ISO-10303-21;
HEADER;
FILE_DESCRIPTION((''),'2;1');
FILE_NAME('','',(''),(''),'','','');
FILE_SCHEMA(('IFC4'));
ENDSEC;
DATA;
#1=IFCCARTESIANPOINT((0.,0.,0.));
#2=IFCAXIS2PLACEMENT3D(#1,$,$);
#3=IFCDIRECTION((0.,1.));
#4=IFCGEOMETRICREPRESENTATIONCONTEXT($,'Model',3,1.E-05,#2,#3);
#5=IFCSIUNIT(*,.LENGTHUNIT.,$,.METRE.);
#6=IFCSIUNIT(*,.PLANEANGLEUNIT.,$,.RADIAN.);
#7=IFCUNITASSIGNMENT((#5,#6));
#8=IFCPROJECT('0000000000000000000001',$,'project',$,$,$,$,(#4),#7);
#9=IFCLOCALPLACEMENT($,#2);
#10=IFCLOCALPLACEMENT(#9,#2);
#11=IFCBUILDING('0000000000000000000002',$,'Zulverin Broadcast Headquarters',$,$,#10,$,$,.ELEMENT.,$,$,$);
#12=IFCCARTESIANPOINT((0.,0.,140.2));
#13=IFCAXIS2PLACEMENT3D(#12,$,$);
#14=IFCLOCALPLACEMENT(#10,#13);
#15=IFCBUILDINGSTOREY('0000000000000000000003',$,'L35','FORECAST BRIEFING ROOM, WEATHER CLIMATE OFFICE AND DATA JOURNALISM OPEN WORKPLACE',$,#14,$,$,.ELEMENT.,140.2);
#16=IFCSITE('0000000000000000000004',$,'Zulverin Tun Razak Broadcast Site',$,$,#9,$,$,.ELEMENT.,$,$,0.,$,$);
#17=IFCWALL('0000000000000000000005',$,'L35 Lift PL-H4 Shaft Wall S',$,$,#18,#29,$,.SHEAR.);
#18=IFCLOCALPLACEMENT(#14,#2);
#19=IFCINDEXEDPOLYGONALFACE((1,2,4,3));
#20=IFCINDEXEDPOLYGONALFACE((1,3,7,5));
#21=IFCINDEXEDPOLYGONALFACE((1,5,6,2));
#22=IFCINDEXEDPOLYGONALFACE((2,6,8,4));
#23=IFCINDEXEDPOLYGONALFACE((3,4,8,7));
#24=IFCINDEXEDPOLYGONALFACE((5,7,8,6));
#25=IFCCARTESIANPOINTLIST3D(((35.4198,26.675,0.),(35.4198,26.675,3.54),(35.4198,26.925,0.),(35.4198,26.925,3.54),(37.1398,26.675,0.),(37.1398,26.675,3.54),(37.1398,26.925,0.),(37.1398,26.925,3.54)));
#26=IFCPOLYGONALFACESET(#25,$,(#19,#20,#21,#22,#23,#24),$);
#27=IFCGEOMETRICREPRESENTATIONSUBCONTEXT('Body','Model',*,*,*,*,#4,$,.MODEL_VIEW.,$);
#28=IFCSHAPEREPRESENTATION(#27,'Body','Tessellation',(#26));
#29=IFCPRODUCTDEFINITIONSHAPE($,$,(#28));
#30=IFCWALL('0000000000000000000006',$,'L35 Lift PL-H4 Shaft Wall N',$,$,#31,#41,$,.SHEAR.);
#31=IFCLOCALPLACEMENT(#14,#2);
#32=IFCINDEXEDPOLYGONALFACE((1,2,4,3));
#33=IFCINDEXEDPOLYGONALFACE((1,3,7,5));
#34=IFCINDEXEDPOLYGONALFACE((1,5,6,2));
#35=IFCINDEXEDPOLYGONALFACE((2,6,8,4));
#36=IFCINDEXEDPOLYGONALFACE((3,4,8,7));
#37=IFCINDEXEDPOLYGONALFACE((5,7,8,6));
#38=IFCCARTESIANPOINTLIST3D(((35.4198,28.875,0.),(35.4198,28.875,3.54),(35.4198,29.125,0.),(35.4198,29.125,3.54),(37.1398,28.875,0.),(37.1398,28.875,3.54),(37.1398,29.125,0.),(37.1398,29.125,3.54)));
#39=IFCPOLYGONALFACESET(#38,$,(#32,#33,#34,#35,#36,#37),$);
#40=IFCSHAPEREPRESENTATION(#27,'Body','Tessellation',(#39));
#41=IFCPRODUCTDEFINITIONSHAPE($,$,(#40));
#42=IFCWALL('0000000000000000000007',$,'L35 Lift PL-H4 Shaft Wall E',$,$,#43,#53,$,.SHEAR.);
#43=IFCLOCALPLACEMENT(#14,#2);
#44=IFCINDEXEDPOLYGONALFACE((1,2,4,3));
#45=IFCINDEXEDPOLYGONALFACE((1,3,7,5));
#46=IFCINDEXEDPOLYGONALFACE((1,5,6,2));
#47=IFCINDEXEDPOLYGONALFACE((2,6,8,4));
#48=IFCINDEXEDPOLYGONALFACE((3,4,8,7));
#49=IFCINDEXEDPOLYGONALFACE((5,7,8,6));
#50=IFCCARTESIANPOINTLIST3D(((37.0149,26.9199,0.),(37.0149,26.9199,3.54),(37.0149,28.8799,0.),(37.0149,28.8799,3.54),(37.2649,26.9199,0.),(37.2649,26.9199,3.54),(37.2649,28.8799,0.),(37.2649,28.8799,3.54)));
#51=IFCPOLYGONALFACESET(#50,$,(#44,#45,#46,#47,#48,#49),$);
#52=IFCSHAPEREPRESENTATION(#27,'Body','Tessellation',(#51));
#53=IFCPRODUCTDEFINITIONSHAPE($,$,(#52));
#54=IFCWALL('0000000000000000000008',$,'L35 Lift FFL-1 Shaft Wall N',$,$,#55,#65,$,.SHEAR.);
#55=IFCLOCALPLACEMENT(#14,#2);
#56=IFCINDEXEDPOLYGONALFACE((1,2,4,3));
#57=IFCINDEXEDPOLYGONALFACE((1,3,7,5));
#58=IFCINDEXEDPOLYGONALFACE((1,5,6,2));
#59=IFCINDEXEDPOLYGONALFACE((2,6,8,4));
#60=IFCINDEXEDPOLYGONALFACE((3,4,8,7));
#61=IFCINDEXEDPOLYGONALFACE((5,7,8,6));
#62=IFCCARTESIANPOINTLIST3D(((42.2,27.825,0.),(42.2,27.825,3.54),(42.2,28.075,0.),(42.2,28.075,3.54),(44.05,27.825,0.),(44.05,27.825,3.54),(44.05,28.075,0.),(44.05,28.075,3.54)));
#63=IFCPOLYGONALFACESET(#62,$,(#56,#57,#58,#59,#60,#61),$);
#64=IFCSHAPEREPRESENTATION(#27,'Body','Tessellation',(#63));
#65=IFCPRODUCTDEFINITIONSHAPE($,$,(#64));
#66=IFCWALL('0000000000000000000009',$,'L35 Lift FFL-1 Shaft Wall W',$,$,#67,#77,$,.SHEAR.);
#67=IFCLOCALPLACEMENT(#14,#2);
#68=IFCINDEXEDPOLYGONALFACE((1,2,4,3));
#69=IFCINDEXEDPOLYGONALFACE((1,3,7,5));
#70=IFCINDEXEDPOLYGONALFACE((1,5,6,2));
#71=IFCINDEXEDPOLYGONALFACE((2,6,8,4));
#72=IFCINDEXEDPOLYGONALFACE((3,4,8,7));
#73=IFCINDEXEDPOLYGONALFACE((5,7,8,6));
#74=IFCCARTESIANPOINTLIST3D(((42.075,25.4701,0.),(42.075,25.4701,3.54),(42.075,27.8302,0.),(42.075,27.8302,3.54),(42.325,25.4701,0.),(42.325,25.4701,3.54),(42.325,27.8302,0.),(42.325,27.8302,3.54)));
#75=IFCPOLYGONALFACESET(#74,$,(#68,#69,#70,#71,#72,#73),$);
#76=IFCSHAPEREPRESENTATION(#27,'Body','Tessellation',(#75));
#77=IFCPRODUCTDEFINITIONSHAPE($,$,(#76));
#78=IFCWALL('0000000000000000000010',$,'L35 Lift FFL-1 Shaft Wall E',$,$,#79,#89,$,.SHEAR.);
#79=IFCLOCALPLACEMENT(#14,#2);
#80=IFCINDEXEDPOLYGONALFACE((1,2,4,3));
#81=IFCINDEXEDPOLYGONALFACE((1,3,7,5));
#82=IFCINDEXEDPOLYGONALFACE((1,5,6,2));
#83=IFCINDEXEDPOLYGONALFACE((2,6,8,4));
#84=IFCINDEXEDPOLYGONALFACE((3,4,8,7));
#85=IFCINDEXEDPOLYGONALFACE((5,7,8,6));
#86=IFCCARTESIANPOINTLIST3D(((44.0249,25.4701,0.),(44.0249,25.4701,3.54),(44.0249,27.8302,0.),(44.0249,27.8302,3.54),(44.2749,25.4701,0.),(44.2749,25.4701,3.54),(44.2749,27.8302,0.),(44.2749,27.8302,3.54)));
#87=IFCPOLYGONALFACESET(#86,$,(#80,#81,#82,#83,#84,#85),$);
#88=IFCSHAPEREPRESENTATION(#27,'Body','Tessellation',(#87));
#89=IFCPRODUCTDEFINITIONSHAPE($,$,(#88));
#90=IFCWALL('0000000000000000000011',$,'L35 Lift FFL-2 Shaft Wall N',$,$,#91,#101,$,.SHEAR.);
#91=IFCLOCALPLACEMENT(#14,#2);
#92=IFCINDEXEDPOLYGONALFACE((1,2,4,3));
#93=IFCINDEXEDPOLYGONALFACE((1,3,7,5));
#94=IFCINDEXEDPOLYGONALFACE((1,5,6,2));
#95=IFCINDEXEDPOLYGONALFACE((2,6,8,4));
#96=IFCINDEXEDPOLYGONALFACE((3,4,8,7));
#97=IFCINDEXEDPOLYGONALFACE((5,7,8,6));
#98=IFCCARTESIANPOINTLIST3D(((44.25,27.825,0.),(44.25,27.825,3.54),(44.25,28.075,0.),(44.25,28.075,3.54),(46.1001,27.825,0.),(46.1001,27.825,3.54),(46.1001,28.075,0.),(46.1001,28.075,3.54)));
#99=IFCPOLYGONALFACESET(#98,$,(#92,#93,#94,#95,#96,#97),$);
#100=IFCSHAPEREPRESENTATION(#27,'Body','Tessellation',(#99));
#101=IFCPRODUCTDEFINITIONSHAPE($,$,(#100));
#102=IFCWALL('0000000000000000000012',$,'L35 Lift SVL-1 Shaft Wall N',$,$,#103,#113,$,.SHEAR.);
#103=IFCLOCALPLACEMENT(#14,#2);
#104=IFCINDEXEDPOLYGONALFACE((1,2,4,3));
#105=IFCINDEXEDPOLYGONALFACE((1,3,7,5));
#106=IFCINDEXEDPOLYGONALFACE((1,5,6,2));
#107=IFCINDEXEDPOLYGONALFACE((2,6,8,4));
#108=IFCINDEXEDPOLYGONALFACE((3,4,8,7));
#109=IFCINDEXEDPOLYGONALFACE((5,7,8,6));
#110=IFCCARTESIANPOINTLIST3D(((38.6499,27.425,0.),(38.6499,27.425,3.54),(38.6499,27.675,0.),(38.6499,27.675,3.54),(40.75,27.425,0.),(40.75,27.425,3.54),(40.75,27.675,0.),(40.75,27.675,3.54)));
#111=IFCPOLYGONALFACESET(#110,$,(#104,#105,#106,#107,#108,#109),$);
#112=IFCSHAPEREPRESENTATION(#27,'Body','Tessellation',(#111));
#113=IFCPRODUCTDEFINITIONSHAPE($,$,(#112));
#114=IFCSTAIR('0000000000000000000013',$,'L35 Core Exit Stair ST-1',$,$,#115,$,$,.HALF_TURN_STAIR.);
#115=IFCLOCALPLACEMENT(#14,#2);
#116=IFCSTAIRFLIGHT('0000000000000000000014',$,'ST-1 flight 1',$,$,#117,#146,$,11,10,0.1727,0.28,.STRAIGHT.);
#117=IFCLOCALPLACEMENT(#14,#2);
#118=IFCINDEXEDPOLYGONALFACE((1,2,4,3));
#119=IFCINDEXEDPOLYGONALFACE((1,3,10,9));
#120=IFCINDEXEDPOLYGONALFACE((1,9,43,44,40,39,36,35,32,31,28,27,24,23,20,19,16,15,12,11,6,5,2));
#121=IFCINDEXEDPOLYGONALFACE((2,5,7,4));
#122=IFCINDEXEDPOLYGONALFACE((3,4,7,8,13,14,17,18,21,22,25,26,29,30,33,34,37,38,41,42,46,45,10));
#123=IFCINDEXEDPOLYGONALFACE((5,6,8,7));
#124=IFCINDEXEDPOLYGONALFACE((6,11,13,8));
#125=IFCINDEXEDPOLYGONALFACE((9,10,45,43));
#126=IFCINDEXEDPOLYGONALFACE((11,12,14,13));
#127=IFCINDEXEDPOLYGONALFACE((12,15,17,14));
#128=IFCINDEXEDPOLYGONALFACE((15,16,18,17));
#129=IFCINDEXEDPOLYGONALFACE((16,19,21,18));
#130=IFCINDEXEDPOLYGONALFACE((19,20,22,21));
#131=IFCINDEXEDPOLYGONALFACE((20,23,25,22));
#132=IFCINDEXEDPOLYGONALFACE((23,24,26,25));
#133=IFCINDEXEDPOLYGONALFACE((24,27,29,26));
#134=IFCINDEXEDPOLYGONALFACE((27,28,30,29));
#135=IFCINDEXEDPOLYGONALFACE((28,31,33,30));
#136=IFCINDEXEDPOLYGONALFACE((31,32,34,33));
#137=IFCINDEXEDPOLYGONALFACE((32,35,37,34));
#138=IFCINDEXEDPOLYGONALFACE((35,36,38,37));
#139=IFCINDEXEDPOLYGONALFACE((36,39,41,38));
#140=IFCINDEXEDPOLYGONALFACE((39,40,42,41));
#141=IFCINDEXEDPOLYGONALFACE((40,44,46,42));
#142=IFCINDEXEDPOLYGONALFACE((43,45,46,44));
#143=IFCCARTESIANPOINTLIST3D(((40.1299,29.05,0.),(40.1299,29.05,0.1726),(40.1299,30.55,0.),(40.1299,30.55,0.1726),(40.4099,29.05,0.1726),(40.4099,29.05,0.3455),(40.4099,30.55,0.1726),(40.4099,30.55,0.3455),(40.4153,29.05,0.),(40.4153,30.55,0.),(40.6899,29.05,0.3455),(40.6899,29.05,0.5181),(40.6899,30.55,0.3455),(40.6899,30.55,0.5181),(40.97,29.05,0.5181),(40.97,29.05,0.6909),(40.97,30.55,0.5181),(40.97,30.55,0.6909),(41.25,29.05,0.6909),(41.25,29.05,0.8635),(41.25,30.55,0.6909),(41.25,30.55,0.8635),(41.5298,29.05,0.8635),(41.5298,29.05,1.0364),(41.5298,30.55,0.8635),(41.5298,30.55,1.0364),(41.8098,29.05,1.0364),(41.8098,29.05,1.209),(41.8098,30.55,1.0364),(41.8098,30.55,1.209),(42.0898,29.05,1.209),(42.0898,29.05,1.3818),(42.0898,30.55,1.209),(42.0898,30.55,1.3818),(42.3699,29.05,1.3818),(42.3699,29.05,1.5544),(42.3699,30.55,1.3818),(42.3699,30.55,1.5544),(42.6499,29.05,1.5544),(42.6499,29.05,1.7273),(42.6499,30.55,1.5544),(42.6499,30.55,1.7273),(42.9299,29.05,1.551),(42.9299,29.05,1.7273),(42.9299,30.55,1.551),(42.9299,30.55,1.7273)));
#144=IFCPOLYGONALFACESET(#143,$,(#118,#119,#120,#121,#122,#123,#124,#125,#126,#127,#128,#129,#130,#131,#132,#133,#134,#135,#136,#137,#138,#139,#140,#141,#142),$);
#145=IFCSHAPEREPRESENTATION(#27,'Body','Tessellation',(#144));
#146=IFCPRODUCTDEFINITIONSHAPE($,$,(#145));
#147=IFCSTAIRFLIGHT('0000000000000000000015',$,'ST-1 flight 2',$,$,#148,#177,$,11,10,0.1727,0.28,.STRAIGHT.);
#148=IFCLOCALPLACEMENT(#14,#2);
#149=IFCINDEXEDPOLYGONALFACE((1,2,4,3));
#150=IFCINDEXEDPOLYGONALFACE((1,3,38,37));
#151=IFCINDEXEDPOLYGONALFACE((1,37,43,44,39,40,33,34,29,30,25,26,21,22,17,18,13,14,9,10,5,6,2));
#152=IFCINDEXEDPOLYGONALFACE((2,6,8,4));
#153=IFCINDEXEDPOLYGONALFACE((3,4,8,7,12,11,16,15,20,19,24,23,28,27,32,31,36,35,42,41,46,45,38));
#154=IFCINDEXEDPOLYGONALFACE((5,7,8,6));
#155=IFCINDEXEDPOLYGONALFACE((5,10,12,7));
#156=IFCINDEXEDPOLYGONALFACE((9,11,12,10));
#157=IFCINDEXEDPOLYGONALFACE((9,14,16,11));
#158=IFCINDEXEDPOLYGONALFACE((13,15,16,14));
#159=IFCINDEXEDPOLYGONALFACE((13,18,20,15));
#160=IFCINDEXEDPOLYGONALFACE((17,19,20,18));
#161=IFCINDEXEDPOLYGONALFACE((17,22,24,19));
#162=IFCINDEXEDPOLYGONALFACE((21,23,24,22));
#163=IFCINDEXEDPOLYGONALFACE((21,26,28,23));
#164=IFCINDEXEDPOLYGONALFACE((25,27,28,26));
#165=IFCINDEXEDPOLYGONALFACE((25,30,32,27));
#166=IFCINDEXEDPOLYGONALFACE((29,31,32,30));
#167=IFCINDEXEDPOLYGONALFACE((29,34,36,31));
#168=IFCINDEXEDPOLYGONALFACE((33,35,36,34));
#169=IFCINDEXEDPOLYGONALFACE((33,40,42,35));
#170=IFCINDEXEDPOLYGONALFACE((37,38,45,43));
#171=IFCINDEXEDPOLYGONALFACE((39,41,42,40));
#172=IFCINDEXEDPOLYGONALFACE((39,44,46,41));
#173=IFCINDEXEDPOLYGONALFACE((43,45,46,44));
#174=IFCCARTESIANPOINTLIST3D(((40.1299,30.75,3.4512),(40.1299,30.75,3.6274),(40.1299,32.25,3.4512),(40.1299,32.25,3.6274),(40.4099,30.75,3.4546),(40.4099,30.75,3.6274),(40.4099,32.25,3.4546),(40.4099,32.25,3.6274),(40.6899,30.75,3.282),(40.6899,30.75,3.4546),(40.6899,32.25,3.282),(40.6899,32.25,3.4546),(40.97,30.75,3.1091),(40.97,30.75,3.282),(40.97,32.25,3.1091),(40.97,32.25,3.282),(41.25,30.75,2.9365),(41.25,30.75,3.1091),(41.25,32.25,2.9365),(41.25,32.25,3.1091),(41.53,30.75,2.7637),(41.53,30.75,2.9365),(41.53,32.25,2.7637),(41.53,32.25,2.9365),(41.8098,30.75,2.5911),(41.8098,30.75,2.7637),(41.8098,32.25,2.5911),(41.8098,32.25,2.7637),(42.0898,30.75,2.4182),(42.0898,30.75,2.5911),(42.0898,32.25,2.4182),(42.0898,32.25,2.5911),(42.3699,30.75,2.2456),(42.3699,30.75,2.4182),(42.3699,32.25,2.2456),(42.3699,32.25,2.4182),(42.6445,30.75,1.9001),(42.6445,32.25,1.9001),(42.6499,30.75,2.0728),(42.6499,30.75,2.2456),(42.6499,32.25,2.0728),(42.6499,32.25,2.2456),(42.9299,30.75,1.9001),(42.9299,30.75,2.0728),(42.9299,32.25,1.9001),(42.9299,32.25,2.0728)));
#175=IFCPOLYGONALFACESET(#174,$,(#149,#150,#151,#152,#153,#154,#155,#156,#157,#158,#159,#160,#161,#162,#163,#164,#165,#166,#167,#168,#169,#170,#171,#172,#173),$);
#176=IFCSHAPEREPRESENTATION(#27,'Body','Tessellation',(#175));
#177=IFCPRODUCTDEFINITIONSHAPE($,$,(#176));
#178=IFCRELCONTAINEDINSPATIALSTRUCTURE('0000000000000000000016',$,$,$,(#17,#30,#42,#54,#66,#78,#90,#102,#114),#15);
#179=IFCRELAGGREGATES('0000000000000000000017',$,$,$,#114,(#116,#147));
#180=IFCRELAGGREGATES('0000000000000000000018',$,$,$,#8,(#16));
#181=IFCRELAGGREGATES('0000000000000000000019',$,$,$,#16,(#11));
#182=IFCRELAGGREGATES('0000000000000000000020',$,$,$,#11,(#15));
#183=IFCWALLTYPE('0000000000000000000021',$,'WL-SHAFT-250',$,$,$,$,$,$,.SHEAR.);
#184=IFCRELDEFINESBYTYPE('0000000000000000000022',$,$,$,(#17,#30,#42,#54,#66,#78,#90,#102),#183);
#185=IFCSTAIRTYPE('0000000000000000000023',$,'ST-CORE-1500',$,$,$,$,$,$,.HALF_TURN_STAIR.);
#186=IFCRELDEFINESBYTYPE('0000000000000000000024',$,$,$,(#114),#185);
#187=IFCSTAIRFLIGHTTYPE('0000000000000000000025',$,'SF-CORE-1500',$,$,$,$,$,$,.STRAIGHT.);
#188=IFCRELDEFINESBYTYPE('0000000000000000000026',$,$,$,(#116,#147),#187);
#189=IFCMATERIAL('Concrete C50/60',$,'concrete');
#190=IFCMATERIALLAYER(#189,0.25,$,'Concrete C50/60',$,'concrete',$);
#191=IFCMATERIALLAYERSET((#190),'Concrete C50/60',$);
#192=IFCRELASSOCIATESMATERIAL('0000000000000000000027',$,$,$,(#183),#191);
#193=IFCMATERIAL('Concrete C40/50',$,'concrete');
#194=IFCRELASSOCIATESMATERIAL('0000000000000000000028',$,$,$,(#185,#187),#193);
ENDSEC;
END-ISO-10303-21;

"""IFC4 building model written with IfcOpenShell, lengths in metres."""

from ifc_helpers import new_model, si_unit, direction, frame, frame_2d, origin, place, context, subcontext, project, spatial, polyline, rectangle, outline, extrude, material, layer, layer_set, type_object, element, aggregate, save


model = new_model("IFC4")

# Units and contexts
model_context = context("Model", 3, precision=1e-05, world=origin(), true_north=direction((0.0, 1.0)))
body_context = subcontext(model_context, "Body", "Model", "MODEL_VIEW")
ifc_project = project(units=[si_unit("LENGTHUNIT", "METRE"), si_unit("PLANEANGLEUNIT", "RADIAN")], contexts=[model_context])

# Site, building, storey
site_placement = place(None, origin())
site = spatial("IfcSite", under=ifc_project, at=site_placement, Name="Zulverin Tun Razak Broadcast Site", CompositionType="ELEMENT", RefElevation=0.0)
building_placement = place(site_placement, origin())
building = spatial("IfcBuilding", under=site, at=building_placement, Name="Zulverin Broadcast Headquarters", CompositionType="ELEMENT")
storey_placement = place(building_placement, frame((0.0, 0.0, 140.2)))
storey = spatial("IfcBuildingStorey", under=building, at=storey_placement, Name="L35", Description="FORECAST BRIEFING ROOM, WEATHER CLIMATE OFFICE AND DATA JOURNALISM OPEN WORKPLACE", CompositionType="ELEMENT", Elevation=140.2)

# Shared definitions
ifc_material_1 = material(Name="Concrete C50/60", Category="concrete")

# Shared definitions
ifc_material_2 = material(Name="Concrete C40/50", Category="concrete")

# Shared definitions
ifc_layer_1 = layer(ifc_material_1, 0.25, Name="Concrete C50/60", Category="concrete")
ifc_layer_set_1 = layer_set([ifc_layer_1], Name="Concrete C50/60")
wall_type_1 = type_object("IfcWallType", Name="WL-SHAFT-250", PredefinedType="SHEAR", material=ifc_layer_set_1)

# Walls
for number, where, z_axis, x_axis, name in (
    (1, (35.4199, 26.8, 0.0), (0.0, 0.0, 1.0), (1.0, 0.0, 0.0), "L35 Lift PL-H4 Shaft Wall S"),
    (2, (35.4199, 29.0, 0.0), (0.0, 0.0, 1.0), (1.0, 0.0, 0.0), "L35 Lift PL-H4 Shaft Wall N"),
):
    element("IfcWall", number, at=place(storey_placement, frame(where, z_axis=z_axis, x_axis=x_axis)), inside=storey, type_object=wall_type_1, Name=name, PredefinedType="SHEAR", context=body_context, shape_type="SweptSolid", body=[
        extrude(rectangle(XDim=1.72, YDim=0.25, at=frame_2d((0.8599, 0.0))), origin(), (0.0, 0.0, 1.0), 3.54),
    ])
wall_1_placement = place(storey_placement, frame((37.1399, 26.9199, 0.0), z_axis=(0.0, 0.0, 1.0), x_axis=(0.0, 1.0, 0.0)))
element("IfcWall", 3, at=wall_1_placement, inside=storey, type_object=wall_type_1, Name="L35 Lift PL-H4 Shaft Wall E", PredefinedType="SHEAR", context=body_context, shape_type="SweptSolid", body=[
    extrude(rectangle(XDim=1.96, YDim=0.25, at=frame_2d((0.98, 0.0))), origin(), (0.0, 0.0, 1.0), 3.54),
])

# Walls
wall_2_placement = place(storey_placement, frame((42.2, 27.95, 0.0), z_axis=(0.0, 0.0, 1.0), x_axis=(1.0, 0.0, 0.0)))
element("IfcWall", 4, at=wall_2_placement, inside=storey, type_object=wall_type_1, Name="L35 Lift FFL-1 Shaft Wall N", PredefinedType="SHEAR", context=body_context, shape_type="SweptSolid", body=[
    extrude(rectangle(XDim=1.8501, YDim=0.25, at=frame_2d((0.925, 0.0))), origin(), (0.0, 0.0, 1.0), 3.54),
])
for number, where, z_axis, x_axis, name in (
    (5, (42.2, 25.47, 0.0), (0.0, 0.0, 1.0), (0.0, 1.0, 0.0), "L35 Lift FFL-1 Shaft Wall W"),
    (6, (44.1499, 25.47, 0.0), (0.0, 0.0, 1.0), (0.0, 1.0, 0.0), "L35 Lift FFL-1 Shaft Wall E"),
):
    element("IfcWall", number, at=place(storey_placement, frame(where, z_axis=z_axis, x_axis=x_axis)), inside=storey, type_object=wall_type_1, Name=name, PredefinedType="SHEAR", context=body_context, shape_type="SweptSolid", body=[
        extrude(rectangle(XDim=2.3601, YDim=0.25, at=frame_2d((1.1802, 0.0))), origin(), (0.0, 0.0, 1.0), 3.54),
    ])

# Walls
wall_3_placement = place(storey_placement, frame((44.25, 27.95, 0.0), z_axis=(0.0, 0.0, 1.0), x_axis=(1.0, 0.0, 0.0)))
element("IfcWall", 7, at=wall_3_placement, inside=storey, type_object=wall_type_1, Name="L35 Lift FFL-2 Shaft Wall N", PredefinedType="SHEAR", context=body_context, shape_type="SweptSolid", body=[
    extrude(rectangle(XDim=1.8501, YDim=0.25, at=frame_2d((0.925, 0.0))), origin(), (0.0, 0.0, 1.0), 3.54),
])
wall_4_placement = place(storey_placement, frame((38.6499, 27.55, 0.0), z_axis=(0.0, 0.0, 1.0), x_axis=(1.0, 0.0, 0.0)))
element("IfcWall", 8, at=wall_4_placement, inside=storey, type_object=wall_type_1, Name="L35 Lift SVL-1 Shaft Wall N", PredefinedType="SHEAR", context=body_context, shape_type="SweptSolid", body=[
    extrude(rectangle(XDim=2.1001, YDim=0.25, at=frame_2d((1.05, 0.0))), origin(), (0.0, 0.0, 1.0), 3.54),
])

# Stair, stair flights
stair_type = type_object("IfcStairType", Name="ST-CORE-1500", PredefinedType="HALF_TURN_STAIR", material=ifc_material_2)
stair_placement = place(storey_placement, origin())
stair = element("IfcStair", 9, at=stair_placement, inside=storey, type_object=stair_type, Name="L35 Core Exit Stair ST-1", PredefinedType="HALF_TURN_STAIR")
stair_flight_type = type_object("IfcStairFlightType", Name="SF-CORE-1500", PredefinedType="STRAIGHT", material=ifc_material_2)
stair_flight_1_placement = place(storey_placement, frame((40.1299, 29.8, 0.0), z_axis=(0.0, 0.0, 1.0), x_axis=(1.0, 0.0, 0.0)))
stair_flight_1 = element("IfcStairFlight", 10, at=stair_flight_1_placement, type_object=stair_flight_type, Name="ST-1 flight 1", NumberOfRisers=11, NumberOfTreads=10, PredefinedType="STRAIGHT", RiserHeight=0.1727, TreadLength=0.28, context=body_context, shape_type="SweptSolid", body=[
    extrude(outline(polyline([(0.0, 0.0), (0.0, 0.1726), (0.28, 0.1726), (0.28, 0.3455), (0.5601, 0.3455), (0.5601, 0.5181), (0.8401, 0.5181), (0.8401, 0.6909), (1.1201, 0.6909), (1.1201, 0.8635), (1.3999, 0.8635), (1.3999, 1.0364), (1.6799, 1.0364), (1.6799, 1.209), (1.96, 1.209), (1.96, 1.3818), (2.24, 1.3818), (2.24, 1.5544), (2.52, 1.5544), (2.52, 1.7273), (2.8, 1.7273), (2.8, 1.8999), (2.8, 1.551), (0.2854, 0.0), (0.0, 0.0)])), frame((0.0, 0.75, 0.0), z_axis=(0.0, -1.0, 0.0), x_axis=(1.0, 0.0, 0.0)), (0.0, 0.0, 1.0), 1.5),
])
stair_flight_2_placement = place(storey_placement, frame((42.9299, 31.5, 1.9001), z_axis=(0.0, 0.0, 1.0), x_axis=(-1.0, 0.0, 0.0)))
stair_flight_2 = element("IfcStairFlight", 11, at=stair_flight_2_placement, type_object=stair_flight_type, Name="ST-1 flight 2", NumberOfRisers=11, NumberOfTreads=10, PredefinedType="STRAIGHT", RiserHeight=0.1727, TreadLength=0.28, context=body_context, shape_type="SweptSolid", body=[
    extrude(outline(polyline([(0.0, 0.0), (0.0, 0.1726), (0.28, 0.1726), (0.28, 0.3455), (0.5601, 0.3455), (0.5601, 0.5181), (0.8401, 0.5181), (0.8401, 0.6909), (1.1201, 0.6909), (1.1201, 0.8635), (1.3999, 0.8635), (1.3999, 1.0364), (1.6799, 1.0364), (1.6799, 1.209), (1.96, 1.209), (1.96, 1.3818), (2.24, 1.3818), (2.24, 1.5544), (2.52, 1.5544), (2.52, 1.7273), (2.8, 1.7273), (2.8, 1.8999), (2.8, 1.551), (0.2854, 0.0), (0.0, 0.0)])), frame((0.0, 0.75, 0.0), z_axis=(0.0, -1.0, 0.0), x_axis=(1.0, 0.0, 0.0)), (0.0, 0.0, 1.0), 1.5),
])
aggregate(stair, [stair_flight_1, stair_flight_2])

save(model, "model.ifc")
